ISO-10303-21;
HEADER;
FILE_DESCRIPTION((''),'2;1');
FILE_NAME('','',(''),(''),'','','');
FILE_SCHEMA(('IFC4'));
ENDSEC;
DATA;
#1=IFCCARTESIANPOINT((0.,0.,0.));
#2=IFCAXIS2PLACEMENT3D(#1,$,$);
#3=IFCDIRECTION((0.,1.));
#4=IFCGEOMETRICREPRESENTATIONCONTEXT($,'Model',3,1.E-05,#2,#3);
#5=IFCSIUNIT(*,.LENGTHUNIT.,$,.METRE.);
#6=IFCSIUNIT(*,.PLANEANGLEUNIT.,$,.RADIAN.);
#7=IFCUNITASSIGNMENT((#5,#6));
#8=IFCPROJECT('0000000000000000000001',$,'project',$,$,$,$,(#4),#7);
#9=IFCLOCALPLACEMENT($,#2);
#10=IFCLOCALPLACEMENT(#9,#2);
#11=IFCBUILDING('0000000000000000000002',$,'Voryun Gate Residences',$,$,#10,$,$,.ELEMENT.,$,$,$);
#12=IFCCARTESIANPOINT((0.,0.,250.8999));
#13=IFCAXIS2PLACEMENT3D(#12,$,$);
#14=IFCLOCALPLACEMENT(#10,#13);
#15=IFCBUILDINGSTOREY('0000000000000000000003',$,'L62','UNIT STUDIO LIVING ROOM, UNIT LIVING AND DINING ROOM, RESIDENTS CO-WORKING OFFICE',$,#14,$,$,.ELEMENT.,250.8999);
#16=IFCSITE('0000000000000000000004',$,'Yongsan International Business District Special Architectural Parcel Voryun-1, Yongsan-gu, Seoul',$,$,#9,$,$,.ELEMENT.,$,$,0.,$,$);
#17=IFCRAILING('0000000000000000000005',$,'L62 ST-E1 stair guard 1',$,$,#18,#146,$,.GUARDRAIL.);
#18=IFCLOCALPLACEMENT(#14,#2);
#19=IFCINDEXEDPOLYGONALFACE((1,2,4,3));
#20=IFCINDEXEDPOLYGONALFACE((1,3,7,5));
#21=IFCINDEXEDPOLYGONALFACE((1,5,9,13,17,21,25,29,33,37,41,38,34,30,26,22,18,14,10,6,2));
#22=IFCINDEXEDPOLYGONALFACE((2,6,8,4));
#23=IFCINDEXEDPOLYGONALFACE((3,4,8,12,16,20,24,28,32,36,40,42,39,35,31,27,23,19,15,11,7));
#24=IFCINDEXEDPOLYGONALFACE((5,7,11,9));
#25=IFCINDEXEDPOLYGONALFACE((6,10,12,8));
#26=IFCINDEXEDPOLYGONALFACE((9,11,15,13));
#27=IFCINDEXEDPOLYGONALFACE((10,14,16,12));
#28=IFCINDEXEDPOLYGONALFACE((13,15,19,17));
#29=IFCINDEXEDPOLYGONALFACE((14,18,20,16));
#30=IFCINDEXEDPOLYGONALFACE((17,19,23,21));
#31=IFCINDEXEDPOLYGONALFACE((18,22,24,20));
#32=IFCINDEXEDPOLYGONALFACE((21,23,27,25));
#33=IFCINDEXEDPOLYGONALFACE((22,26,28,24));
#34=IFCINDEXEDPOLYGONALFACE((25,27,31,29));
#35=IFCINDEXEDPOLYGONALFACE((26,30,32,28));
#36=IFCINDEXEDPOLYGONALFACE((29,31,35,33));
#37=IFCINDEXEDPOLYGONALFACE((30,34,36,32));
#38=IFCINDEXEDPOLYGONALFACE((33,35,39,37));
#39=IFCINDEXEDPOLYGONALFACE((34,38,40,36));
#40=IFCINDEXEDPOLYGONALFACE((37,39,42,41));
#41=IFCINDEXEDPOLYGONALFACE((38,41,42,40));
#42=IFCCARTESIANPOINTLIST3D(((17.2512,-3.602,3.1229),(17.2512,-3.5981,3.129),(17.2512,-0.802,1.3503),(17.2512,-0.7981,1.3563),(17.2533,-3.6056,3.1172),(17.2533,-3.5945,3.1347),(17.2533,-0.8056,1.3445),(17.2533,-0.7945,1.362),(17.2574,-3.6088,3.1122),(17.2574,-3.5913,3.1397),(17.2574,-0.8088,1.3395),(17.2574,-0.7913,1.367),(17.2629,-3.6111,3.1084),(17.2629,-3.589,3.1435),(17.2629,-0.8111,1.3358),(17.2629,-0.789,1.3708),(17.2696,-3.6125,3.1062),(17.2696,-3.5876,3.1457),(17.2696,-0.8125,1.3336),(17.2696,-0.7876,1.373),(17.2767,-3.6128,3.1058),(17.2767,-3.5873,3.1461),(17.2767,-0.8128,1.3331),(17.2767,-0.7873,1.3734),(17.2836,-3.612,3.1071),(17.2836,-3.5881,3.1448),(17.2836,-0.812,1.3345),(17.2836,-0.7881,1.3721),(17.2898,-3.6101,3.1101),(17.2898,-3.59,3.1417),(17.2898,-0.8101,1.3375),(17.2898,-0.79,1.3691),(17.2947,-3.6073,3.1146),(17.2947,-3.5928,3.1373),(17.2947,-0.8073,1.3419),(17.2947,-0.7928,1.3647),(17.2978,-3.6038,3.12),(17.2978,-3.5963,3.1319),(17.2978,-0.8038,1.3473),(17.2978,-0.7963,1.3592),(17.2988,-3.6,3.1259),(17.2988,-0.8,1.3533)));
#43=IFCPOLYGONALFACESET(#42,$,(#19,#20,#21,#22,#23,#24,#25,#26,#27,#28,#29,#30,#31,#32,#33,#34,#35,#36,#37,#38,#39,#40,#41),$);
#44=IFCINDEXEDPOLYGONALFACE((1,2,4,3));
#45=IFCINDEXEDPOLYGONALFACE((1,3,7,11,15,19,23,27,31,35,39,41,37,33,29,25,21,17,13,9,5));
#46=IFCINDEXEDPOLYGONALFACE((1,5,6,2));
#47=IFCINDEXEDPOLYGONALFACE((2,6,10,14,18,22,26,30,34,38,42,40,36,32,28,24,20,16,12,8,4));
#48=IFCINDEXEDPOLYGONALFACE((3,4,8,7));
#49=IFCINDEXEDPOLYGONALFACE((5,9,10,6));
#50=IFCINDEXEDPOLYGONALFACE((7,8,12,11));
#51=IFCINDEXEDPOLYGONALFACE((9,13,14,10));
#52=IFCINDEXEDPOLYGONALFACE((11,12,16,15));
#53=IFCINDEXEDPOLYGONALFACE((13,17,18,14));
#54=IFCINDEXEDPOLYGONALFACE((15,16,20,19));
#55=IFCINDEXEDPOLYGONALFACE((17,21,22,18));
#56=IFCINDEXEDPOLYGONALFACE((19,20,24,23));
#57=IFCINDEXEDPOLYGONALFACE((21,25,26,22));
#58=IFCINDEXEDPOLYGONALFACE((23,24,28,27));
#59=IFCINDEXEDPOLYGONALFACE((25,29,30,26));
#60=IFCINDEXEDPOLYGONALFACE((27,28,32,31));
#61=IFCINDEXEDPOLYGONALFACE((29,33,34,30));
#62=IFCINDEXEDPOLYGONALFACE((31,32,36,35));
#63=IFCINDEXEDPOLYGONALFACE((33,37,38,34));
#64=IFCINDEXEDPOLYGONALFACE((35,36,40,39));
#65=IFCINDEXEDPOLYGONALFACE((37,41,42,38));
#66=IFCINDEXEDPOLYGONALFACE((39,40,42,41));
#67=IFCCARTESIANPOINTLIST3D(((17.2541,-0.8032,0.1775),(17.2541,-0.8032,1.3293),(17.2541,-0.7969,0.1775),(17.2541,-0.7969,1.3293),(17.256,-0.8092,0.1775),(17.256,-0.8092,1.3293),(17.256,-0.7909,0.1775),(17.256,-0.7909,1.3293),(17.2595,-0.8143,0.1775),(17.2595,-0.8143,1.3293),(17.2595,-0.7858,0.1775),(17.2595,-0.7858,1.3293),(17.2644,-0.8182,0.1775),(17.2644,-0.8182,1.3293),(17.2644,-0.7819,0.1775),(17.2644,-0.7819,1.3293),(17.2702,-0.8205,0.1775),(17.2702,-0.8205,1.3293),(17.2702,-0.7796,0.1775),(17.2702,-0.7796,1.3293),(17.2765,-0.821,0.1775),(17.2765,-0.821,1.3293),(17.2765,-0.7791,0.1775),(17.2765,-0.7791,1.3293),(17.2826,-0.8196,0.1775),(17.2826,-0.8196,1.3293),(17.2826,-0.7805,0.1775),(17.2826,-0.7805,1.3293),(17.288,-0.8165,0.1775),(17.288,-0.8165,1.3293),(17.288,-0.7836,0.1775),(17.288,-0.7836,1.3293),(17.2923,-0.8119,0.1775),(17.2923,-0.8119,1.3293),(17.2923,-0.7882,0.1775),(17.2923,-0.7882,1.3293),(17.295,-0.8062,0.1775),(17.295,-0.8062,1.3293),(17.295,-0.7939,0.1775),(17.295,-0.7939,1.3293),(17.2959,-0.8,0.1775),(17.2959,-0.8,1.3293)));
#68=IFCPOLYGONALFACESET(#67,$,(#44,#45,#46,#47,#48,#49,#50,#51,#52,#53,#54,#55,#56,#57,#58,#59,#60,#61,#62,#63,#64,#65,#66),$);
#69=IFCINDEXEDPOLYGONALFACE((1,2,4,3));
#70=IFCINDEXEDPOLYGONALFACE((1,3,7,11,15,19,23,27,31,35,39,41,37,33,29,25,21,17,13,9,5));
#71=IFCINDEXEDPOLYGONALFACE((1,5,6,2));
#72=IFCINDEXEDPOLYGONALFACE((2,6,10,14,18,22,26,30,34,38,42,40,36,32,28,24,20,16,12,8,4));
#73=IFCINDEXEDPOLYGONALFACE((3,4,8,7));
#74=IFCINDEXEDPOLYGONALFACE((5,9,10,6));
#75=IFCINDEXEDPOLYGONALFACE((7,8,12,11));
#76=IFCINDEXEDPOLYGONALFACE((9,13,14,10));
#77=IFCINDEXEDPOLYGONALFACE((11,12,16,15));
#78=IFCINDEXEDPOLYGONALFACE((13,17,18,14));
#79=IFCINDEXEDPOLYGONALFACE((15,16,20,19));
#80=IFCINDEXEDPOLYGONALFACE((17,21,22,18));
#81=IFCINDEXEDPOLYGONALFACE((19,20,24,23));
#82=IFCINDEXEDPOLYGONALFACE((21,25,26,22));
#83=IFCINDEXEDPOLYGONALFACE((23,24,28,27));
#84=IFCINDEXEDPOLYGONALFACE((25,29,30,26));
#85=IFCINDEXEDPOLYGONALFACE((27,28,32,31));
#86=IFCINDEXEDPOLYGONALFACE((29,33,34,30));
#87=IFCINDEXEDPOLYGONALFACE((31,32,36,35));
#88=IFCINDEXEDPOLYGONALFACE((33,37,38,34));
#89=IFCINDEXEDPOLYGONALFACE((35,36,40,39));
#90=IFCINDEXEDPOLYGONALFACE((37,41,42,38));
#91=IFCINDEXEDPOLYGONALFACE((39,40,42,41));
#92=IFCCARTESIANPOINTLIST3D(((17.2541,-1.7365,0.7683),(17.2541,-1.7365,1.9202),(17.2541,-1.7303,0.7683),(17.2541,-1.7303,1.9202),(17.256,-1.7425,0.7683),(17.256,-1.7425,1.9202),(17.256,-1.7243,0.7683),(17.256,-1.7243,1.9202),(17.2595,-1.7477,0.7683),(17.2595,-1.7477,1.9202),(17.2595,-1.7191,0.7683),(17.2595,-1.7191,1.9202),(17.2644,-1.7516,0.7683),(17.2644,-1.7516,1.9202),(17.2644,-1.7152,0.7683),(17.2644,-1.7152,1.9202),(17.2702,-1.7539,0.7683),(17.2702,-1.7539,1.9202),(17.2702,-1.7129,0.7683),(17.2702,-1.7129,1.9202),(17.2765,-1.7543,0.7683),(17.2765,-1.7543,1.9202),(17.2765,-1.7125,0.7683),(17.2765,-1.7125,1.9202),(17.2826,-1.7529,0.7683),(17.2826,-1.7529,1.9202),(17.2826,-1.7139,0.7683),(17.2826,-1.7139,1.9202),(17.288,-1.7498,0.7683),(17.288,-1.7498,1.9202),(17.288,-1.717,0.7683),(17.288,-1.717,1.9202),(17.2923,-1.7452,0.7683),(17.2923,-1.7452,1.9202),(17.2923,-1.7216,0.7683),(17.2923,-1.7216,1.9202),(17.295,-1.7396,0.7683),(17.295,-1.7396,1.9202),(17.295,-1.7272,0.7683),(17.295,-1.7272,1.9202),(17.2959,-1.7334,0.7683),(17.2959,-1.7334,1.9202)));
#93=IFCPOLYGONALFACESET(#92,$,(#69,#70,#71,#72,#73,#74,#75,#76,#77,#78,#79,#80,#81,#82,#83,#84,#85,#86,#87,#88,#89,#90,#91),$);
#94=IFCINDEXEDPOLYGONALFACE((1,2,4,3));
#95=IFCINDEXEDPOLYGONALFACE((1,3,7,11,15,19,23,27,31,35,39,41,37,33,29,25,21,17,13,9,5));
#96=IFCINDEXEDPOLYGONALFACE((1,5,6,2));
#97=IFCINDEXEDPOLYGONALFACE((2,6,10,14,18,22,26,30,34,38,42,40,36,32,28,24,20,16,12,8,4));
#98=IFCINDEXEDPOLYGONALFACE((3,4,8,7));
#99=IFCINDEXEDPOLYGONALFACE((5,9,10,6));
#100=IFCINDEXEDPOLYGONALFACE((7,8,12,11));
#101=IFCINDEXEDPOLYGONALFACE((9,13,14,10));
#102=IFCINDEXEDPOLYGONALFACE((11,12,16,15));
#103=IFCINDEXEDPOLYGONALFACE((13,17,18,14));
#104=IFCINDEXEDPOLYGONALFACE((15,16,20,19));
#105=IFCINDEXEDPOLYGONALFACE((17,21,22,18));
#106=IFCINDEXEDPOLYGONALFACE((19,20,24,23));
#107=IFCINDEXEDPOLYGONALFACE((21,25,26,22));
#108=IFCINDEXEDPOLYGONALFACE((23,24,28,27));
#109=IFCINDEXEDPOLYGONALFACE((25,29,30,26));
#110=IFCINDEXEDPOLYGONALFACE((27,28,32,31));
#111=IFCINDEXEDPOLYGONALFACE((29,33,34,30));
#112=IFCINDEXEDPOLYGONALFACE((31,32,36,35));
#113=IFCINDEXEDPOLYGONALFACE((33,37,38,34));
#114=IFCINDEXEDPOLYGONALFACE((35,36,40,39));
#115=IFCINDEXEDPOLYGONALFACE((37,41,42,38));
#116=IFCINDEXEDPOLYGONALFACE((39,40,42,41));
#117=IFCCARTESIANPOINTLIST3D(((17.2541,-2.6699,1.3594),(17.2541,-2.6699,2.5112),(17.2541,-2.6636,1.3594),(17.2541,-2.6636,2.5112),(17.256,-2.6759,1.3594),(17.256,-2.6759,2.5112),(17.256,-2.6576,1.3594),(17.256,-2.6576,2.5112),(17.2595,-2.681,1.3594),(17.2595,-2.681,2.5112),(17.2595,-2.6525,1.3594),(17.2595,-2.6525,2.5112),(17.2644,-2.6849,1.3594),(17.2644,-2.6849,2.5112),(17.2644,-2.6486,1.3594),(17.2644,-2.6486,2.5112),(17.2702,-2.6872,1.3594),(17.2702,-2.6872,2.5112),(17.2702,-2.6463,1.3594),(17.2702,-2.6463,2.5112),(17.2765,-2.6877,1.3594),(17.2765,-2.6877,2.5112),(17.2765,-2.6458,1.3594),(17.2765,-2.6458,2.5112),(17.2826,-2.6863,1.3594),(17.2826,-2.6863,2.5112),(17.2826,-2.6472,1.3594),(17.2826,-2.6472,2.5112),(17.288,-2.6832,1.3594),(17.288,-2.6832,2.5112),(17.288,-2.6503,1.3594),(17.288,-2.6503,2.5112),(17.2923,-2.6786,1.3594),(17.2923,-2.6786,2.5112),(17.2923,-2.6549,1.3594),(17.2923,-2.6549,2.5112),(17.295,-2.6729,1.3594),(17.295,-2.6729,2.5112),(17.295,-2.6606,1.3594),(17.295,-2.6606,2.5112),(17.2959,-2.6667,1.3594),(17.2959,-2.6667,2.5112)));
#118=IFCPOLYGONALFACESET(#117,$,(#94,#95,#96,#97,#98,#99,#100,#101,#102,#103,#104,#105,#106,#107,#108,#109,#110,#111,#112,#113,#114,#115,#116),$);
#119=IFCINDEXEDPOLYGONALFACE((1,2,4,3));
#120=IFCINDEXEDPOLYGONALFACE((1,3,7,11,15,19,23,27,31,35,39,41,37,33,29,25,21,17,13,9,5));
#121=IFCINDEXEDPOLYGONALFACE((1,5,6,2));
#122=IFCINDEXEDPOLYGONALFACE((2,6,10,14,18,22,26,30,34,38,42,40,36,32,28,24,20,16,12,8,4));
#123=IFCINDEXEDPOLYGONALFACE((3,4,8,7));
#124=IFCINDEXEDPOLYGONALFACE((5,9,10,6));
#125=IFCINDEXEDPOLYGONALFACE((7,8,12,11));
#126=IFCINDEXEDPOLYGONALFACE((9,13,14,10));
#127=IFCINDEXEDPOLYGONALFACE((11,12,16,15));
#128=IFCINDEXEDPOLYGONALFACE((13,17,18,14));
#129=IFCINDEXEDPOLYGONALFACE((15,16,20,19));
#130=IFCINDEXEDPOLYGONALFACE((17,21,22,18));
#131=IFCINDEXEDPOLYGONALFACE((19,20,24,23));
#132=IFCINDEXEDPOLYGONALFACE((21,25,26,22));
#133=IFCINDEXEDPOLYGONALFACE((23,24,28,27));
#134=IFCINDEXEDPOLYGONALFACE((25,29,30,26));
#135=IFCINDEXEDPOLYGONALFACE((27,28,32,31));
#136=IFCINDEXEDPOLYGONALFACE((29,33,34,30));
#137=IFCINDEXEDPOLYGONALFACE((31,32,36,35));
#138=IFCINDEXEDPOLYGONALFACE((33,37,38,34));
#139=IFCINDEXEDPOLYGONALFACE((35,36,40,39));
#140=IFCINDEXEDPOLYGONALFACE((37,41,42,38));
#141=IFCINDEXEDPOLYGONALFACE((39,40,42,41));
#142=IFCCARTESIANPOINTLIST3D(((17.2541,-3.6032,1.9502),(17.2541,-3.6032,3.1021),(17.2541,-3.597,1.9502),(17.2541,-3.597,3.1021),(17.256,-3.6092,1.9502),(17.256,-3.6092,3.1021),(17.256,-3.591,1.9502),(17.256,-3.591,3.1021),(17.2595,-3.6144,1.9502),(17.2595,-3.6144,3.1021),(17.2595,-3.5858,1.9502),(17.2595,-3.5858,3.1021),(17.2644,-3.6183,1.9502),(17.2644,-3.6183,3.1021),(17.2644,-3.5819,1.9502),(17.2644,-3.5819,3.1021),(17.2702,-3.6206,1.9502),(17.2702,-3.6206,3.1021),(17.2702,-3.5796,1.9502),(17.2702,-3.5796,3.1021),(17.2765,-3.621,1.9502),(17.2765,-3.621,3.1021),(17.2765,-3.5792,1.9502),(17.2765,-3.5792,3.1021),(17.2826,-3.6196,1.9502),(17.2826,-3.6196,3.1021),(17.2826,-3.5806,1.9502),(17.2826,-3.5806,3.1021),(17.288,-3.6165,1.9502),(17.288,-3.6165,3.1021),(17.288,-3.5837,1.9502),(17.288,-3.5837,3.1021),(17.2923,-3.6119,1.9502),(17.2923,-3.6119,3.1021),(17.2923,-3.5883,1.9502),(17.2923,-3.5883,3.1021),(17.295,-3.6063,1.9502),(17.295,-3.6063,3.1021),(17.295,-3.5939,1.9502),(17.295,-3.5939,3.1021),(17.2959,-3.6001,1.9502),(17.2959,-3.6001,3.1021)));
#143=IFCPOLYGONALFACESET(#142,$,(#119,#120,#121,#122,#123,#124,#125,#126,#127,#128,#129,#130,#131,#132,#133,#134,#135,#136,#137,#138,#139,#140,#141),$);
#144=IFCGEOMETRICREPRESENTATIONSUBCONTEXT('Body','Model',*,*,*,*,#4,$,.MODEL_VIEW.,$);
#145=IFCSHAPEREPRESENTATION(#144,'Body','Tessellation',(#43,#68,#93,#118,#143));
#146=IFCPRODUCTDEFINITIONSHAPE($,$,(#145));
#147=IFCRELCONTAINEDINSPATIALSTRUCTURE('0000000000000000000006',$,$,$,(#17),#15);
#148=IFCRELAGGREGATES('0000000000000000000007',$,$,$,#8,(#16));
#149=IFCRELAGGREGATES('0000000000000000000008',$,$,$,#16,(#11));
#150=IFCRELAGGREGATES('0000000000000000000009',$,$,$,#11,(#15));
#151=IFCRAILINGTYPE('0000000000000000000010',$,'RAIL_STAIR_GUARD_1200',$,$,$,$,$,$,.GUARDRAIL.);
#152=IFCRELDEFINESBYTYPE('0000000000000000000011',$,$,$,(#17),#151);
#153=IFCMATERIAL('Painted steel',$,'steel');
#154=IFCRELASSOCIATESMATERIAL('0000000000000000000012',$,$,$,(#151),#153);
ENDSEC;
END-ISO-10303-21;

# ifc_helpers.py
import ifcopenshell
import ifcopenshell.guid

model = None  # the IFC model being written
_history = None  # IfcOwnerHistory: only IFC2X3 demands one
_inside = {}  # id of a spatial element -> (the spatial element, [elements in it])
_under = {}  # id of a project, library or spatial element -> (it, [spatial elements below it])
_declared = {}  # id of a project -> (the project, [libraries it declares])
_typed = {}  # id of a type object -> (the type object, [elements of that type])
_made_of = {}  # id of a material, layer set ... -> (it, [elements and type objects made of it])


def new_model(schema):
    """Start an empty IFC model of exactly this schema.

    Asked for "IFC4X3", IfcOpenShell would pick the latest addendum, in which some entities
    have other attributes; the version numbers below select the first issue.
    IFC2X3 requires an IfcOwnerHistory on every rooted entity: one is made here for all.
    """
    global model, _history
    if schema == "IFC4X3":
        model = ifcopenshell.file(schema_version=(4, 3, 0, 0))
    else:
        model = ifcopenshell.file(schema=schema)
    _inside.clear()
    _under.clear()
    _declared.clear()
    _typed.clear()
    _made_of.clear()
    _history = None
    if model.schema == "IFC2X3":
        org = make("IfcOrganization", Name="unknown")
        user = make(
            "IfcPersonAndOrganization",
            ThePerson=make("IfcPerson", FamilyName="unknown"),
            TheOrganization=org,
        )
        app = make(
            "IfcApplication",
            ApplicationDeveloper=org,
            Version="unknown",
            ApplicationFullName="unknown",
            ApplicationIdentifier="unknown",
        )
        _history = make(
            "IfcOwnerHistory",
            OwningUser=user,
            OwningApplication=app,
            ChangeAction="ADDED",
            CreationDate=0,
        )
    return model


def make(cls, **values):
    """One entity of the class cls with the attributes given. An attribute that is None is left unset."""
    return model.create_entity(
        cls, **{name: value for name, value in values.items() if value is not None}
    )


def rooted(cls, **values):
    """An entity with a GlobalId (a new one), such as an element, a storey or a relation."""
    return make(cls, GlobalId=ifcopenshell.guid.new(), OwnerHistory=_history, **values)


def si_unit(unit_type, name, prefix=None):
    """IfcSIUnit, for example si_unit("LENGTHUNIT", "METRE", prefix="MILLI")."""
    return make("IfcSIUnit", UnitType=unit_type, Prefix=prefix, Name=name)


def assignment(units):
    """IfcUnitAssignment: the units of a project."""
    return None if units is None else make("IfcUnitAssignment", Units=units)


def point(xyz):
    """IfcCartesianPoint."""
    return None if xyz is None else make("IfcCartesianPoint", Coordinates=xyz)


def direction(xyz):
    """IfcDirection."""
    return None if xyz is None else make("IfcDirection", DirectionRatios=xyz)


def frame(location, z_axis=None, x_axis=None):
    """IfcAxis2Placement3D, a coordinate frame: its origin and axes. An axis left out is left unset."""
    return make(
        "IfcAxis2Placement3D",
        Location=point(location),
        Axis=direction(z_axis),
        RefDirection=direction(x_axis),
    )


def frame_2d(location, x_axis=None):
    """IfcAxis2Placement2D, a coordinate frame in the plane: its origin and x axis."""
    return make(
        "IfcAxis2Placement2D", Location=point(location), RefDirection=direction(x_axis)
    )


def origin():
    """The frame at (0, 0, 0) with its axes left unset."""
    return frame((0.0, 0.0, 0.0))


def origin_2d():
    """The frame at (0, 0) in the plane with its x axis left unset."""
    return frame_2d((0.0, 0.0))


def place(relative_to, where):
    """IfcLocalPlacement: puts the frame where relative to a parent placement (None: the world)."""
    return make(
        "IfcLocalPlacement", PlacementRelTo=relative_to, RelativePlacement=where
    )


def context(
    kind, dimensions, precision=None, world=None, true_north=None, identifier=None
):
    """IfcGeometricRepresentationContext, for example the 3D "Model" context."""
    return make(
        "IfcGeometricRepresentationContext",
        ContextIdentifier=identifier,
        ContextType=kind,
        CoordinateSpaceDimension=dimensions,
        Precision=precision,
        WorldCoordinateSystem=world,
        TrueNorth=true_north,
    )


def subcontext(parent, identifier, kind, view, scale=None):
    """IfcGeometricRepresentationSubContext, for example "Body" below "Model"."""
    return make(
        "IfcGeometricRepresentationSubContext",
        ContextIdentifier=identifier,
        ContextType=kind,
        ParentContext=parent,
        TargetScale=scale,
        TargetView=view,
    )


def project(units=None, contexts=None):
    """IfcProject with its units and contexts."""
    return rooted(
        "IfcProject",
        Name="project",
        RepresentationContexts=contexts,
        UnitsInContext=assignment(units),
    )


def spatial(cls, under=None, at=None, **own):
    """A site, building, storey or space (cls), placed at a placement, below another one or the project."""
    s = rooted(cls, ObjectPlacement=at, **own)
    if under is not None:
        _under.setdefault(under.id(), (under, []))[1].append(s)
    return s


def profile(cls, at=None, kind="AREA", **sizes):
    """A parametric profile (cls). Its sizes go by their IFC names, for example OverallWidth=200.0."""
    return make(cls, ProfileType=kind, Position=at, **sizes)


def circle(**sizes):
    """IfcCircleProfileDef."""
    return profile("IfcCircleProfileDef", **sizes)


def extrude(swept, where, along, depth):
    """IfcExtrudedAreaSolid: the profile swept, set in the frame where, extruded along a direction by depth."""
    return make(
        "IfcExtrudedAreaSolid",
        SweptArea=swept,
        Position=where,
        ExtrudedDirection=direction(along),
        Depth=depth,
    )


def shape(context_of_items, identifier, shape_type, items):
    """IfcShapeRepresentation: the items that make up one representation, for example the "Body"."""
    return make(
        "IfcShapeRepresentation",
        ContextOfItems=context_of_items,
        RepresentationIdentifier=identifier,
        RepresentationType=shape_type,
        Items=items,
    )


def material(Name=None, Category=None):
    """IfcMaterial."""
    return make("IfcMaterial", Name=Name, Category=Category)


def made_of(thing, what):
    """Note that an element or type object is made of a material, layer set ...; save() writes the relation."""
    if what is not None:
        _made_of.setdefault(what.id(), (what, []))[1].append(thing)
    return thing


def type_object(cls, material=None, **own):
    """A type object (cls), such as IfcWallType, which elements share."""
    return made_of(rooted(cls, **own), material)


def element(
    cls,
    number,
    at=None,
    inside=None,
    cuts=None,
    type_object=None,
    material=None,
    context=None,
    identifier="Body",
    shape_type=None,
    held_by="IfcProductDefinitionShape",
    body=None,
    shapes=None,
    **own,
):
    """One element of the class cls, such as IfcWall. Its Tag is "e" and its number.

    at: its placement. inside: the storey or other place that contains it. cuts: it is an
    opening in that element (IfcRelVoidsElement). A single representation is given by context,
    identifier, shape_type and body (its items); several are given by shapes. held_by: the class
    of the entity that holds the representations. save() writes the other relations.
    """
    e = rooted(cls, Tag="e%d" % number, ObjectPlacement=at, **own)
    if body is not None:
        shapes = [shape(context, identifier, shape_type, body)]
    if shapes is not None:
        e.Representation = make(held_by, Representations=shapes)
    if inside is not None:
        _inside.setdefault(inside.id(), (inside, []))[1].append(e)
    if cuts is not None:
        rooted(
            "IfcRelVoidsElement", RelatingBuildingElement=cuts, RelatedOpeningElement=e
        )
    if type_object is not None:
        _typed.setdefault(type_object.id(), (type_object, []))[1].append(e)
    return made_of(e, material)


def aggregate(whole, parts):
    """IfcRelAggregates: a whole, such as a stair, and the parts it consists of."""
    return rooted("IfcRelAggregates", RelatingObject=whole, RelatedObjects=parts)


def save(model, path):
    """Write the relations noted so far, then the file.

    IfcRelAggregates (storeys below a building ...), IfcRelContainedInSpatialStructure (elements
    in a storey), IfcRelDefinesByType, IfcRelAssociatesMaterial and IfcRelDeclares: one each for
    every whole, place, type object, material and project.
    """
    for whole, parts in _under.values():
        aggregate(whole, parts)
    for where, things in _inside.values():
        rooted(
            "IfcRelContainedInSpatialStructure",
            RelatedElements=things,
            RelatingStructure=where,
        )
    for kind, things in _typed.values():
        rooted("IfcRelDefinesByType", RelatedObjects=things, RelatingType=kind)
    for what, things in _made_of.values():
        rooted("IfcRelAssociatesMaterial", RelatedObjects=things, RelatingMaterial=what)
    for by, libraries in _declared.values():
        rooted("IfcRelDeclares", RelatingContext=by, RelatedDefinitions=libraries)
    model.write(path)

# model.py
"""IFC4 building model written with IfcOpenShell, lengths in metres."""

from ifc_helpers import new_model, si_unit, direction, frame, origin, origin_2d, place, context, subcontext, project, spatial, circle, extrude, material, type_object, element, save


model = new_model("IFC4")

# Units and contexts
model_context = context("Model", 3, precision=1e-05, world=origin(), true_north=direction((0.0, 1.0)))
body_context = subcontext(model_context, "Body", "Model", "MODEL_VIEW")
ifc_project = project(units=[si_unit("LENGTHUNIT", "METRE"), si_unit("PLANEANGLEUNIT", "RADIAN")], contexts=[model_context])

# Site, building, storey
site_placement = place(None, origin())
site = spatial("IfcSite", under=ifc_project, at=site_placement, Name="Yongsan International Business District Special Architectural Parcel Voryun-1, Yongsan-gu, Seoul", CompositionType="ELEMENT", RefElevation=0.0)
building_placement = place(site_placement, origin())
building = spatial("IfcBuilding", under=site, at=building_placement, Name="Voryun Gate Residences", CompositionType="ELEMENT")
storey_placement = place(building_placement, frame((0.0, 0.0, 250.8999)))
storey = spatial("IfcBuildingStorey", under=building, at=storey_placement, Name="L62", Description="UNIT STUDIO LIVING ROOM, UNIT LIVING AND DINING ROOM, RESIDENTS CO-WORKING OFFICE", CompositionType="ELEMENT", Elevation=250.8999)

# Railing
ifc_material_1 = material(Name="Painted steel", Category="steel")
railing_type_1 = type_object("IfcRailingType", Name="RAIL_STAIR_GUARD_1200", PredefinedType="GUARDRAIL", material=ifc_material_1)
railing_1_placement = place(storey_placement, frame((17.2749, -0.8, 0.1775)))
element("IfcRailing", 1, at=railing_1_placement, inside=storey, type_object=railing_type_1, Name="L62 ST-E1 stair guard 1", PredefinedType="GUARDRAIL", context=body_context, shape_type="SweptSolid", body=[
    extrude(circle(Radius=0.0239, at=origin_2d()), frame((0.0, 0.0, 1.1758), z_axis=(0.0, -0.844909, 0.53491), x_axis=(1.0, 0.0, 0.0)), (0.0, 0.0, 1.0), 3.314),
    extrude(circle(Radius=0.021, at=origin_2d()), origin(), (0.0, 0.0, 1.0), 1.1519),
    extrude(circle(Radius=0.021, at=origin_2d()), frame((0.0, -0.9333, 0.5908)), (0.0, 0.0, 1.0), 1.1519),
    extrude(circle(Radius=0.021, at=origin_2d()), frame((0.0, -1.8667, 1.1819)), (0.0, 0.0, 1.0), 1.1519),
    extrude(circle(Radius=0.021, at=origin_2d()), frame((0.0, -2.8, 1.7727)), (0.0, 0.0, 1.0), 1.1519),
])

save(model, "model.ifc")
